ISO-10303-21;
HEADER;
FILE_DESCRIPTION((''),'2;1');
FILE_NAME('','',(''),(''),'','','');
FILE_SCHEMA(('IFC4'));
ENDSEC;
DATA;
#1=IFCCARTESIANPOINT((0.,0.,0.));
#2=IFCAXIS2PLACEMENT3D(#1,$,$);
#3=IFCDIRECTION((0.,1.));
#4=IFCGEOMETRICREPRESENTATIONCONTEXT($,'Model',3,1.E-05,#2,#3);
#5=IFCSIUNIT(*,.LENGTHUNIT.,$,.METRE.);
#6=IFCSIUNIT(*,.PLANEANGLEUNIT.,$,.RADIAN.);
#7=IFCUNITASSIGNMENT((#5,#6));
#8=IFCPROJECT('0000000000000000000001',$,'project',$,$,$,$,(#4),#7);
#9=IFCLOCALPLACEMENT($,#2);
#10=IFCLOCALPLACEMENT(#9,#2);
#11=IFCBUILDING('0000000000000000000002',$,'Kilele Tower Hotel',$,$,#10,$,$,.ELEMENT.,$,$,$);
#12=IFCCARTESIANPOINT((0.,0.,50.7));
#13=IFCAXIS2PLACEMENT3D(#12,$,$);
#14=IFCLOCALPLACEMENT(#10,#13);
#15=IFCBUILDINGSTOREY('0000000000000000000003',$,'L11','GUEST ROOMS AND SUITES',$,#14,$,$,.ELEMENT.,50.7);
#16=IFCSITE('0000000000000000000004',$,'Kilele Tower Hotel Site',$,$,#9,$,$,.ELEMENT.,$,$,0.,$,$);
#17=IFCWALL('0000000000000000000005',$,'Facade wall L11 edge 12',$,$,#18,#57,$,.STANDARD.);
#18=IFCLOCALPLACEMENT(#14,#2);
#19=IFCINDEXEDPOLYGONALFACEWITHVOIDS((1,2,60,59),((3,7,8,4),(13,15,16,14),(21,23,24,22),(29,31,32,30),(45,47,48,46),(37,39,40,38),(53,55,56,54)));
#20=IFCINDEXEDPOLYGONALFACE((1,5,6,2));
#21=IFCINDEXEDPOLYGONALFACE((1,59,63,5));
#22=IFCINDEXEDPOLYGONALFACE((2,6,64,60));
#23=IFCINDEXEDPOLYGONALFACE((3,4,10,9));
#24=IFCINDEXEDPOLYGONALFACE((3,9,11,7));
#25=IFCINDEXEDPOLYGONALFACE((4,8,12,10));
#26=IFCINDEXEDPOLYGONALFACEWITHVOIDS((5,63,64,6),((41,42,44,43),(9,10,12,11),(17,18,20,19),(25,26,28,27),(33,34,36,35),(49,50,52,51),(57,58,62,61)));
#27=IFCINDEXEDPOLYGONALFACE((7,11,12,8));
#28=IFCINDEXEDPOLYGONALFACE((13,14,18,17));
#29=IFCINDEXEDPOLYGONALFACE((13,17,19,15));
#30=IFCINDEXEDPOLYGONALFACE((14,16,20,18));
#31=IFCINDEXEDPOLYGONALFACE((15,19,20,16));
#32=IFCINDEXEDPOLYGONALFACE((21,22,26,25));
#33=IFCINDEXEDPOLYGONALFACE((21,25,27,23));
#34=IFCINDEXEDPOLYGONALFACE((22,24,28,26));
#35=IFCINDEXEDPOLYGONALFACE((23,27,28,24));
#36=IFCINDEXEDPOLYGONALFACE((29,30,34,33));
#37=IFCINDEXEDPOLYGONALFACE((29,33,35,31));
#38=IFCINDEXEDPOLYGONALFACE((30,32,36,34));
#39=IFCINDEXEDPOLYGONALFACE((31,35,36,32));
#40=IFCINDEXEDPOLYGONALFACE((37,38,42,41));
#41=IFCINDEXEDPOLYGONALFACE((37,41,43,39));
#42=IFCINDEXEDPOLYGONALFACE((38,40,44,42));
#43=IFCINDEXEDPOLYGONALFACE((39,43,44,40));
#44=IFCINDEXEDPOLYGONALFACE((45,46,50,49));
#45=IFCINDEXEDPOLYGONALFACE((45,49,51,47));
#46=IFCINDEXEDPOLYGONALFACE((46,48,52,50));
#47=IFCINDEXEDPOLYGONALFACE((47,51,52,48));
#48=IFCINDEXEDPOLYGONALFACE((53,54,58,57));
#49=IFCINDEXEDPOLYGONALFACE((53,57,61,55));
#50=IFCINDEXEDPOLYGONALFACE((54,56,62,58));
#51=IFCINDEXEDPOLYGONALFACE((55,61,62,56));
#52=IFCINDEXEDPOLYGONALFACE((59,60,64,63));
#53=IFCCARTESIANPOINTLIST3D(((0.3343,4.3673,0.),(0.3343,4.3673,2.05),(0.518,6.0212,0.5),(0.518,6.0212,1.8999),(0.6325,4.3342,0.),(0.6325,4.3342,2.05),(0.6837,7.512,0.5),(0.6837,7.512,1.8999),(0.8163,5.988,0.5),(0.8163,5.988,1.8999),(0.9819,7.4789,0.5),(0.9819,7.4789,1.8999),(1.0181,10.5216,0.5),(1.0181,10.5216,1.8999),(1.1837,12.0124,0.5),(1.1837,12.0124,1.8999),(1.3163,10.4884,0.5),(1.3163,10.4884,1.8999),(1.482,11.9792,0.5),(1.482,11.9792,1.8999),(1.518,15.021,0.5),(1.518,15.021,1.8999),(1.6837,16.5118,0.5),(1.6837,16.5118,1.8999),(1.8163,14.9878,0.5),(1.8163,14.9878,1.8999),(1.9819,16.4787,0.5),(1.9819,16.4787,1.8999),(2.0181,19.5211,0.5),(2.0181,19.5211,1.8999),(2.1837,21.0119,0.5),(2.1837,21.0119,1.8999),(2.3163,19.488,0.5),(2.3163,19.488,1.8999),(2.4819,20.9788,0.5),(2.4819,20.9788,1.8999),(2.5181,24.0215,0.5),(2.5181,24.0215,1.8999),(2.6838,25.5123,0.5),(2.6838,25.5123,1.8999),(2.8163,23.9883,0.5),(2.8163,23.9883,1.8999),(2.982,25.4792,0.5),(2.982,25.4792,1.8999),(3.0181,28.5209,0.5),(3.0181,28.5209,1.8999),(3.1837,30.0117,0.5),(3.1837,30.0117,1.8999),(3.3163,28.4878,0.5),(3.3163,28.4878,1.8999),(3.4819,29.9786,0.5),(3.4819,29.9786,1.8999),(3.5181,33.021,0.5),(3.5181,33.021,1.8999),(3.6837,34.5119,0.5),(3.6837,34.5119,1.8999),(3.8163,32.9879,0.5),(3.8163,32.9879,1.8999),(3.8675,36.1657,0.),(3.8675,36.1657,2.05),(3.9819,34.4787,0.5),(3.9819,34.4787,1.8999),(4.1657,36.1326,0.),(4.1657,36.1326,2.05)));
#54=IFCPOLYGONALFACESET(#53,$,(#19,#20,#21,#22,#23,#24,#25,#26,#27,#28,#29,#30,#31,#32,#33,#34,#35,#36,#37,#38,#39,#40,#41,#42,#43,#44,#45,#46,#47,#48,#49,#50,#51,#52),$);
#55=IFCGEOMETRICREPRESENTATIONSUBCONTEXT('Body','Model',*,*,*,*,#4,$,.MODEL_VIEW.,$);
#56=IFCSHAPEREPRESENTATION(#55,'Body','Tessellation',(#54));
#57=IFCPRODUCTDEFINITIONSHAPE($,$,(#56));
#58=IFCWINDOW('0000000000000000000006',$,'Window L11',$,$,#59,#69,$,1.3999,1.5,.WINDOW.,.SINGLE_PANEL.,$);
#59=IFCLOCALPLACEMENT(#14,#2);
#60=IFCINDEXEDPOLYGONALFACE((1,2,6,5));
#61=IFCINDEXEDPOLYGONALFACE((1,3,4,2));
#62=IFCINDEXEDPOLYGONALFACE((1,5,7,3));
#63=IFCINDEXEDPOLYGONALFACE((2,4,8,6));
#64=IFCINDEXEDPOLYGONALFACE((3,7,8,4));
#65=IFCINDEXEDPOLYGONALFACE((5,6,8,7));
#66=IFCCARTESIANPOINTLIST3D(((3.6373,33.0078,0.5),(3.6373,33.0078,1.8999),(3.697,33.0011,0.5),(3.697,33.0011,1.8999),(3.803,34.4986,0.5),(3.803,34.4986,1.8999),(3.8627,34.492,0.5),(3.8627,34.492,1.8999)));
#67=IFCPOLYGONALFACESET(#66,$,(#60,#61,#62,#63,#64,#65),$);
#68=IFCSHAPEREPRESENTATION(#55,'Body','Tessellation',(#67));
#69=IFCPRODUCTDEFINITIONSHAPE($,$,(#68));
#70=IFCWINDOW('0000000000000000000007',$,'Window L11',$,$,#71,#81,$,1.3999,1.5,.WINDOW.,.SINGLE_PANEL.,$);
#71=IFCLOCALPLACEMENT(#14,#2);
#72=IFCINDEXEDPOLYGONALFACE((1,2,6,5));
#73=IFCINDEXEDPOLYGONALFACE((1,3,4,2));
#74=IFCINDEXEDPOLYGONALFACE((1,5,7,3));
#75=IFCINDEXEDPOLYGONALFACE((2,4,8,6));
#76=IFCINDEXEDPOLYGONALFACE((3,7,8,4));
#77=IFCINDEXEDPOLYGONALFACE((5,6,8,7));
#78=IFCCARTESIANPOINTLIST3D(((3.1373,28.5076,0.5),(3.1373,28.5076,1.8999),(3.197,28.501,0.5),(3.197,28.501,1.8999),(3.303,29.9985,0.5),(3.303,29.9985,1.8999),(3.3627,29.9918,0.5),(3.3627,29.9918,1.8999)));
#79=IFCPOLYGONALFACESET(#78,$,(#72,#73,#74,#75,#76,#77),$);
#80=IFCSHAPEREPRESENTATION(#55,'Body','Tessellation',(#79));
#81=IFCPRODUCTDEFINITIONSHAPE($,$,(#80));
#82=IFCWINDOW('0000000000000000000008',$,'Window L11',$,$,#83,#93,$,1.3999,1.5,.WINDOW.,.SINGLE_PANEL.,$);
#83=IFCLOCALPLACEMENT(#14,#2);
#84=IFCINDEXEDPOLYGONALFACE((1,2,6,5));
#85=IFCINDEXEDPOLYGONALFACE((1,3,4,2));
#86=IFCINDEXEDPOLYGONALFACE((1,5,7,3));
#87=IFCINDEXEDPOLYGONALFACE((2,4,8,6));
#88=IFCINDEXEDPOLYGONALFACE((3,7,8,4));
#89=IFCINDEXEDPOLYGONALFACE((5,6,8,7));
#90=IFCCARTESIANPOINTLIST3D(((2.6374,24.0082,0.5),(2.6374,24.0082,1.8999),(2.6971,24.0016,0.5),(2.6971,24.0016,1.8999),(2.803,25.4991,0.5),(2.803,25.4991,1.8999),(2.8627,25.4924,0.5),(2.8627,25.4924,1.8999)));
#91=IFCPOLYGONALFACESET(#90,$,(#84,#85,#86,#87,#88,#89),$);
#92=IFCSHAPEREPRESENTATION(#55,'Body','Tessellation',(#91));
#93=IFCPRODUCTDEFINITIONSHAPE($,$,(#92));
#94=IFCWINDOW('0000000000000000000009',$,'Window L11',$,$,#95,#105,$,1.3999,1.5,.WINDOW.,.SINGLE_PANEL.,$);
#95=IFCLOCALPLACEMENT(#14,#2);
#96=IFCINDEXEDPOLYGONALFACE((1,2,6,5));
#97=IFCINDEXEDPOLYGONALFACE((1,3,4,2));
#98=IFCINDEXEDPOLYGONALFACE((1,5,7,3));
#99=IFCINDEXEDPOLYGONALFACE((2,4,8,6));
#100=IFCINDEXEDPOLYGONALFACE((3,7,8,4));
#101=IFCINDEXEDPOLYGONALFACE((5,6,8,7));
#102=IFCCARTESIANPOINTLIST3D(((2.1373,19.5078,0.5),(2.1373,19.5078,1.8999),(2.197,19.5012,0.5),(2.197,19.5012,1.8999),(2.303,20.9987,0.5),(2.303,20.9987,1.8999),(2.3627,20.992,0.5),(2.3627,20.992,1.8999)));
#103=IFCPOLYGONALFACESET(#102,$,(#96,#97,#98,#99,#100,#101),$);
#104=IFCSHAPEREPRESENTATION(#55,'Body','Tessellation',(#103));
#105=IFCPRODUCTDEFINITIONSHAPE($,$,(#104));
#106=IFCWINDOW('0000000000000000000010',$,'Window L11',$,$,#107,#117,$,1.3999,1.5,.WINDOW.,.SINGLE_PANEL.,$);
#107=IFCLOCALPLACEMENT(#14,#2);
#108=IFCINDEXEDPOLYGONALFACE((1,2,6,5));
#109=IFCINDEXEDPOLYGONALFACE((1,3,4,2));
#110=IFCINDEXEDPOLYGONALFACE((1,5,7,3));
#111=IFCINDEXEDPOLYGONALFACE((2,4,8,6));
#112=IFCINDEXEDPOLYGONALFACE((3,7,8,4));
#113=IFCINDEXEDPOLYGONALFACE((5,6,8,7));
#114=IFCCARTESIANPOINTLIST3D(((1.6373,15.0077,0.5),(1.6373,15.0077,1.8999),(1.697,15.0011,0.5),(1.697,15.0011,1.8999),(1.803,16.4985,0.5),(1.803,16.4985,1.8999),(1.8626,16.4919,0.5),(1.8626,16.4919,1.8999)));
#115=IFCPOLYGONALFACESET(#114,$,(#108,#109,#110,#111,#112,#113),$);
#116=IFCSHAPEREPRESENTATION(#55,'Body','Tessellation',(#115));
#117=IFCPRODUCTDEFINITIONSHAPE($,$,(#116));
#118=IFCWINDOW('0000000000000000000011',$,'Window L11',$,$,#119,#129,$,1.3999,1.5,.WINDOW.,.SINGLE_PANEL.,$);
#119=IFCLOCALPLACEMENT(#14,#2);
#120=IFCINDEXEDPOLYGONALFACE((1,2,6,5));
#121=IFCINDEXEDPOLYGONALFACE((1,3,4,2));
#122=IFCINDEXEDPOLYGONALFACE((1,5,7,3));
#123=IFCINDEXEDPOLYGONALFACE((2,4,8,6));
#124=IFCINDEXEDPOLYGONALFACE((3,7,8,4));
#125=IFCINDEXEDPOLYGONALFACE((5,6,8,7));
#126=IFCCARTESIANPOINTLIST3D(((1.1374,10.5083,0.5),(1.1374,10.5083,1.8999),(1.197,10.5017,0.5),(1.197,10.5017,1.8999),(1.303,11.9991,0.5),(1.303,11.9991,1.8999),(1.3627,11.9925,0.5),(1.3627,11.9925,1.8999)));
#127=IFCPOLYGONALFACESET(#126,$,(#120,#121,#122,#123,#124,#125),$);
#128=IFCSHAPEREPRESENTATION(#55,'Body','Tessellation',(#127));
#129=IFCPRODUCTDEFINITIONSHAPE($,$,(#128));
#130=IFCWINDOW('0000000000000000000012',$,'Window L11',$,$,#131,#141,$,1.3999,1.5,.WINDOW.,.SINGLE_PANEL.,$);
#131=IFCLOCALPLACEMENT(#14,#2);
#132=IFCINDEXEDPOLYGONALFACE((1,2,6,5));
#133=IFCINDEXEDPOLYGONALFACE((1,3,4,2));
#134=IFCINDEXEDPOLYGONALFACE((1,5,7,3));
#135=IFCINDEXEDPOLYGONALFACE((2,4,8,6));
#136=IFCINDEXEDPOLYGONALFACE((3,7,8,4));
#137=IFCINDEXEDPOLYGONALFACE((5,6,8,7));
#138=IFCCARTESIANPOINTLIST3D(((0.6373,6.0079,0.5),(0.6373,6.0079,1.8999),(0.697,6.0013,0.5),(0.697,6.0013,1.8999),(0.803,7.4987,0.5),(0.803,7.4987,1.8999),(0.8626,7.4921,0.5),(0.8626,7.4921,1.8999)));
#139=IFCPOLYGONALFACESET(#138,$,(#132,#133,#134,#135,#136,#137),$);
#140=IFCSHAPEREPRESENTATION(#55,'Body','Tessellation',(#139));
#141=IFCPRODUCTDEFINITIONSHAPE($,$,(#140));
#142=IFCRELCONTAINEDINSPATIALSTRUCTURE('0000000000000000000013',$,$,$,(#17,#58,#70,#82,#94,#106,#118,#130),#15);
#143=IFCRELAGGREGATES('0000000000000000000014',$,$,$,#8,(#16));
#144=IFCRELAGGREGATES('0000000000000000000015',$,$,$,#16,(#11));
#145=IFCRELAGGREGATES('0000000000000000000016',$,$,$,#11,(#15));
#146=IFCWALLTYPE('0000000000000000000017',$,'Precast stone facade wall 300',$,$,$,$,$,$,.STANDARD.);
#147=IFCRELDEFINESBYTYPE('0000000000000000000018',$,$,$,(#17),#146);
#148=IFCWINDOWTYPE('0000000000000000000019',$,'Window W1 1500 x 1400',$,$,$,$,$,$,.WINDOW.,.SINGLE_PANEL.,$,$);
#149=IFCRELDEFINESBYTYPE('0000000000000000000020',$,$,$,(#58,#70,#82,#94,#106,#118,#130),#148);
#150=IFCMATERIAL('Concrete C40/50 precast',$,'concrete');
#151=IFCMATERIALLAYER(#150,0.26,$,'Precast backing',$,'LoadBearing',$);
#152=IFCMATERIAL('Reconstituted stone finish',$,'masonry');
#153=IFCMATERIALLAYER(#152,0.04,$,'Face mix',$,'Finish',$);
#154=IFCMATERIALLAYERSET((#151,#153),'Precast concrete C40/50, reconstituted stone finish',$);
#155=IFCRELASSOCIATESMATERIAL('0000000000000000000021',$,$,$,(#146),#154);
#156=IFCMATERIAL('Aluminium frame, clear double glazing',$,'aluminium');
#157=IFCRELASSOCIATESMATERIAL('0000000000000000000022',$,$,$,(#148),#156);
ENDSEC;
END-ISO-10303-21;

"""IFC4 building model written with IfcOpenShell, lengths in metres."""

from ifc_helpers import new_model, si_unit, direction, frame, frame_2d, origin, place, context, subcontext, project, spatial, rectangle, extrude, material, layer, layer_set, type_object, element, fill, save


model = new_model("IFC4")

# Units and contexts
model_context = context("Model", 3, precision=1e-05, world=origin(), true_north=direction((0.0, 1.0)))
body_context = subcontext(model_context, "Body", "Model", "MODEL_VIEW")
ifc_project = project(units=[si_unit("LENGTHUNIT", "METRE"), si_unit("PLANEANGLEUNIT", "RADIAN")], contexts=[model_context])

# Site, building, storey
site_placement = place(None, origin())
site = spatial("IfcSite", under=ifc_project, at=site_placement, Name="Kilele Tower Hotel Site", CompositionType="ELEMENT", RefElevation=0.0)
building_placement = place(site_placement, origin())
building = spatial("IfcBuilding", under=site, at=building_placement, Name="Kilele Tower Hotel", CompositionType="ELEMENT")
storey_placement = place(building_placement, frame((0.0, 0.0, 50.7)))
storey = spatial("IfcBuildingStorey", under=building, at=storey_placement, Name="L11", Description="GUEST ROOMS AND SUITES", CompositionType="ELEMENT", Elevation=50.7)

# Shared definitions
ifc_material_1 = material(Name="Concrete C40/50 precast", Category="concrete")
ifc_layer_1 = layer(ifc_material_1, 0.26, Name="Precast backing", Category="LoadBearing")
ifc_material_2 = material(Name="Reconstituted stone finish", Category="masonry")
ifc_layer_2 = layer(ifc_material_2, 0.04, Name="Face mix", Category="Finish")
ifc_layer_set_1 = layer_set([ifc_layer_1, ifc_layer_2], Name="Precast concrete C40/50, reconstituted stone finish")
wall_type_1 = type_object("IfcWallType", Name="Precast stone facade wall 300", PredefinedType="STANDARD", material=ifc_layer_set_1)
ifc_material_3 = material(Name="Aluminium frame, clear double glazing", Category="aluminium")
window_type_1 = type_object("IfcWindowType", Name="Window W1 1500 x 1400", PartitioningType="SINGLE_PANEL", PredefinedType="WINDOW", material=ifc_material_3)

# Wall, openings, windows
wall_1_placement = place(storey_placement, frame((4.0166, 36.1492, 0.0), z_axis=(0.0, 0.0, 1.0), x_axis=(-0.110433, -0.993884, 0.0)))
wall_1 = element("IfcWall", 1, at=wall_1_placement, inside=storey, type_object=wall_type_1, Name="Facade wall L11 edge 12", PredefinedType="STANDARD", context=body_context, shape_type="SweptSolid", body=[
    extrude(rectangle(XDim=31.9941, YDim=0.3, at=frame_2d((15.9971, 0.0))), origin(), (0.0, 0.0, 1.0), 2.05),
])
opening_1_placement = place(wall_1_placement, frame((1.6641, 0.0, 0.5)))
opening_1 = element("IfcOpeningElement", 2, at=opening_1_placement, cuts=wall_1, PredefinedType="OPENING", context=body_context, shape_type="SweptSolid", body=[
    extrude(rectangle(XDim=1.5, YDim=1.3999, at=frame_2d((0.75, 0.7))), frame((0.0, 0.1599, 0.0), z_axis=(0.0, -1.0, 0.0), x_axis=(1.0, 0.0, 0.0)), (0.0, 0.0, 1.0), 0.3201),
])
opening_2_placement = place(wall_1_placement, frame((6.1919, 0.0, 0.5)))
opening_2 = element("IfcOpeningElement", 3, at=opening_2_placement, cuts=wall_1, PredefinedType="OPENING", context=body_context, shape_type="SweptSolid", body=[
    extrude(rectangle(XDim=1.5, YDim=1.3999, at=frame_2d((0.75, 0.7))), frame((0.0, 0.1599, 0.0), z_axis=(0.0, -1.0, 0.0), x_axis=(1.0, 0.0, 0.0)), (0.0, 0.0, 1.0), 0.3201),
])
opening_3_placement = place(wall_1_placement, frame((10.719, 0.0, 0.5)))
opening_3 = element("IfcOpeningElement", 4, at=opening_3_placement, cuts=wall_1, PredefinedType="OPENING", context=body_context, shape_type="SweptSolid", body=[
    extrude(rectangle(XDim=1.5, YDim=1.3999, at=frame_2d((0.75, 0.7))), frame((0.0, 0.1599, 0.0), z_axis=(0.0, -1.0, 0.0), x_axis=(1.0, 0.0, 0.0)), (0.0, 0.0, 1.0), 0.3201),
])
opening_4_placement = place(wall_1_placement, frame((15.2471, 0.0, 0.5)))
opening_4 = element("IfcOpeningElement", 5, at=opening_4_placement, cuts=wall_1, PredefinedType="OPENING", context=body_context, shape_type="SweptSolid", body=[
    extrude(rectangle(XDim=1.5, YDim=1.3999, at=frame_2d((0.75, 0.7))), frame((0.0, 0.1599, 0.0), z_axis=(0.0, -1.0, 0.0), x_axis=(1.0, 0.0, 0.0)), (0.0, 0.0, 1.0), 0.3201),
])
opening_5_placement = place(wall_1_placement, frame((19.7749, 0.0, 0.5)))
opening_5 = element("IfcOpeningElement", 6, at=opening_5_placement, cuts=wall_1, PredefinedType="OPENING", context=body_context, shape_type="SweptSolid", body=[
    extrude(rectangle(XDim=1.5, YDim=1.3999, at=frame_2d((0.75, 0.7))), frame((0.0, 0.1599, 0.0), z_axis=(0.0, -1.0, 0.0), x_axis=(1.0, 0.0, 0.0)), (0.0, 0.0, 1.0), 0.3201),
])
opening_6_placement = place(wall_1_placement, frame((24.302, 0.0, 0.5)))
opening_6 = element("IfcOpeningElement", 7, at=opening_6_placement, cuts=wall_1, PredefinedType="OPENING", context=body_context, shape_type="SweptSolid", body=[
    extrude(rectangle(XDim=1.5, YDim=1.3999, at=frame_2d((0.75, 0.7))), frame((0.0, 0.1599, 0.0), z_axis=(0.0, -1.0, 0.0), x_axis=(1.0, 0.0, 0.0)), (0.0, 0.0, 1.0), 0.3201),
])
opening_7_placement = place(wall_1_placement, frame((28.8301, 0.0, 0.5)))
opening_7 = element("IfcOpeningElement", 8, at=opening_7_placement, cuts=wall_1, PredefinedType="OPENING", context=body_context, shape_type="SweptSolid", body=[
    extrude(rectangle(XDim=1.5, YDim=1.3999, at=frame_2d((0.75, 0.7))), frame((0.0, 0.1599, 0.0), z_axis=(0.0, -1.0, 0.0), x_axis=(1.0, 0.0, 0.0)), (0.0, 0.0, 1.0), 0.3201),
])
window_1_placement = place(opening_1_placement, origin())
window_1 = element("IfcWindow", 9, at=window_1_placement, inside=storey, type_object=window_type_1, Name="Window L11", OverallHeight=1.3999, OverallWidth=1.5, PartitioningType="SINGLE_PANEL", PredefinedType="WINDOW", context=body_context, shape_type="SweptSolid", body=[
    extrude(rectangle(XDim=1.5, YDim=1.3999, at=frame_2d((0.75, 0.7))), frame((0.0, 0.03, 0.0), z_axis=(0.0, -1.0, 0.0), x_axis=(1.0, 0.0, 0.0)), (0.0, 0.0, 1.0), 0.0601),
])
fill(opening_1, window_1)
window_2_placement = place(opening_2_placement, origin())
window_2 = element("IfcWindow", 10, at=window_2_placement, inside=storey, type_object=window_type_1, Name="Window L11", OverallHeight=1.3999, OverallWidth=1.5, PartitioningType="SINGLE_PANEL", PredefinedType="WINDOW", context=body_context, shape_type="SweptSolid", body=[
    extrude(rectangle(XDim=1.5, YDim=1.3999, at=frame_2d((0.75, 0.7))), frame((0.0, 0.03, 0.0), z_axis=(0.0, -1.0, 0.0), x_axis=(1.0, 0.0, 0.0)), (0.0, 0.0, 1.0), 0.0601),
])
fill(opening_2, window_2)
window_3_placement = place(opening_3_placement, origin())
window_3 = element("IfcWindow", 11, at=window_3_placement, inside=storey, type_object=window_type_1, Name="Window L11", OverallHeight=1.3999, OverallWidth=1.5, PartitioningType="SINGLE_PANEL", PredefinedType="WINDOW", context=body_context, shape_type="SweptSolid", body=[
    extrude(rectangle(XDim=1.5, YDim=1.3999, at=frame_2d((0.75, 0.7))), frame((0.0, 0.03, 0.0), z_axis=(0.0, -1.0, 0.0), x_axis=(1.0, 0.0, 0.0)), (0.0, 0.0, 1.0), 0.0601),
])
fill(opening_3, window_3)
window_4_placement = place(opening_4_placement, origin())
window_4 = element("IfcWindow", 12, at=window_4_placement, inside=storey, type_object=window_type_1, Name="Window L11", OverallHeight=1.3999, OverallWidth=1.5, PartitioningType="SINGLE_PANEL", PredefinedType="WINDOW", context=body_context, shape_type="SweptSolid", body=[
    extrude(rectangle(XDim=1.5, YDim=1.3999, at=frame_2d((0.75, 0.7))), frame((0.0, 0.03, 0.0), z_axis=(0.0, -1.0, 0.0), x_axis=(1.0, 0.0, 0.0)), (0.0, 0.0, 1.0), 0.0601),
])
fill(opening_4, window_4)
window_5_placement = place(opening_5_placement, origin())
window_5 = element("IfcWindow", 13, at=window_5_placement, inside=storey, type_object=window_type_1, Name="Window L11", OverallHeight=1.3999, OverallWidth=1.5, PartitioningType="SINGLE_PANEL", PredefinedType="WINDOW", context=body_context, shape_type="SweptSolid", body=[
    extrude(rectangle(XDim=1.5, YDim=1.3999, at=frame_2d((0.75, 0.7))), frame((0.0, 0.03, 0.0), z_axis=(0.0, -1.0, 0.0), x_axis=(1.0, 0.0, 0.0)), (0.0, 0.0, 1.0), 0.0601),
])
fill(opening_5, window_5)
window_6_placement = place(opening_6_placement, origin())
window_6 = element("IfcWindow", 14, at=window_6_placement, inside=storey, type_object=window_type_1, Name="Window L11", OverallHeight=1.3999, OverallWidth=1.5, PartitioningType="SINGLE_PANEL", PredefinedType="WINDOW", context=body_context, shape_type="SweptSolid", body=[
    extrude(rectangle(XDim=1.5, YDim=1.3999, at=frame_2d((0.75, 0.7))), frame((0.0, 0.03, 0.0), z_axis=(0.0, -1.0, 0.0), x_axis=(1.0, 0.0, 0.0)), (0.0, 0.0, 1.0), 0.0601),
])
fill(opening_6, window_6)
window_7_placement = place(opening_7_placement, origin())
window_7 = element("IfcWindow", 15, at=window_7_placement, inside=storey, type_object=window_type_1, Name="Window L11", OverallHeight=1.3999, OverallWidth=1.5, PartitioningType="SINGLE_PANEL", PredefinedType="WINDOW", context=body_context, shape_type="SweptSolid", body=[
    extrude(rectangle(XDim=1.5, YDim=1.3999, at=frame_2d((0.75, 0.7))), frame((0.0, 0.03, 0.0), z_axis=(0.0, -1.0, 0.0), x_axis=(1.0, 0.0, 0.0)), (0.0, 0.0, 1.0), 0.0601),
])
fill(opening_7, window_7)

save(model, "model.ifc")
